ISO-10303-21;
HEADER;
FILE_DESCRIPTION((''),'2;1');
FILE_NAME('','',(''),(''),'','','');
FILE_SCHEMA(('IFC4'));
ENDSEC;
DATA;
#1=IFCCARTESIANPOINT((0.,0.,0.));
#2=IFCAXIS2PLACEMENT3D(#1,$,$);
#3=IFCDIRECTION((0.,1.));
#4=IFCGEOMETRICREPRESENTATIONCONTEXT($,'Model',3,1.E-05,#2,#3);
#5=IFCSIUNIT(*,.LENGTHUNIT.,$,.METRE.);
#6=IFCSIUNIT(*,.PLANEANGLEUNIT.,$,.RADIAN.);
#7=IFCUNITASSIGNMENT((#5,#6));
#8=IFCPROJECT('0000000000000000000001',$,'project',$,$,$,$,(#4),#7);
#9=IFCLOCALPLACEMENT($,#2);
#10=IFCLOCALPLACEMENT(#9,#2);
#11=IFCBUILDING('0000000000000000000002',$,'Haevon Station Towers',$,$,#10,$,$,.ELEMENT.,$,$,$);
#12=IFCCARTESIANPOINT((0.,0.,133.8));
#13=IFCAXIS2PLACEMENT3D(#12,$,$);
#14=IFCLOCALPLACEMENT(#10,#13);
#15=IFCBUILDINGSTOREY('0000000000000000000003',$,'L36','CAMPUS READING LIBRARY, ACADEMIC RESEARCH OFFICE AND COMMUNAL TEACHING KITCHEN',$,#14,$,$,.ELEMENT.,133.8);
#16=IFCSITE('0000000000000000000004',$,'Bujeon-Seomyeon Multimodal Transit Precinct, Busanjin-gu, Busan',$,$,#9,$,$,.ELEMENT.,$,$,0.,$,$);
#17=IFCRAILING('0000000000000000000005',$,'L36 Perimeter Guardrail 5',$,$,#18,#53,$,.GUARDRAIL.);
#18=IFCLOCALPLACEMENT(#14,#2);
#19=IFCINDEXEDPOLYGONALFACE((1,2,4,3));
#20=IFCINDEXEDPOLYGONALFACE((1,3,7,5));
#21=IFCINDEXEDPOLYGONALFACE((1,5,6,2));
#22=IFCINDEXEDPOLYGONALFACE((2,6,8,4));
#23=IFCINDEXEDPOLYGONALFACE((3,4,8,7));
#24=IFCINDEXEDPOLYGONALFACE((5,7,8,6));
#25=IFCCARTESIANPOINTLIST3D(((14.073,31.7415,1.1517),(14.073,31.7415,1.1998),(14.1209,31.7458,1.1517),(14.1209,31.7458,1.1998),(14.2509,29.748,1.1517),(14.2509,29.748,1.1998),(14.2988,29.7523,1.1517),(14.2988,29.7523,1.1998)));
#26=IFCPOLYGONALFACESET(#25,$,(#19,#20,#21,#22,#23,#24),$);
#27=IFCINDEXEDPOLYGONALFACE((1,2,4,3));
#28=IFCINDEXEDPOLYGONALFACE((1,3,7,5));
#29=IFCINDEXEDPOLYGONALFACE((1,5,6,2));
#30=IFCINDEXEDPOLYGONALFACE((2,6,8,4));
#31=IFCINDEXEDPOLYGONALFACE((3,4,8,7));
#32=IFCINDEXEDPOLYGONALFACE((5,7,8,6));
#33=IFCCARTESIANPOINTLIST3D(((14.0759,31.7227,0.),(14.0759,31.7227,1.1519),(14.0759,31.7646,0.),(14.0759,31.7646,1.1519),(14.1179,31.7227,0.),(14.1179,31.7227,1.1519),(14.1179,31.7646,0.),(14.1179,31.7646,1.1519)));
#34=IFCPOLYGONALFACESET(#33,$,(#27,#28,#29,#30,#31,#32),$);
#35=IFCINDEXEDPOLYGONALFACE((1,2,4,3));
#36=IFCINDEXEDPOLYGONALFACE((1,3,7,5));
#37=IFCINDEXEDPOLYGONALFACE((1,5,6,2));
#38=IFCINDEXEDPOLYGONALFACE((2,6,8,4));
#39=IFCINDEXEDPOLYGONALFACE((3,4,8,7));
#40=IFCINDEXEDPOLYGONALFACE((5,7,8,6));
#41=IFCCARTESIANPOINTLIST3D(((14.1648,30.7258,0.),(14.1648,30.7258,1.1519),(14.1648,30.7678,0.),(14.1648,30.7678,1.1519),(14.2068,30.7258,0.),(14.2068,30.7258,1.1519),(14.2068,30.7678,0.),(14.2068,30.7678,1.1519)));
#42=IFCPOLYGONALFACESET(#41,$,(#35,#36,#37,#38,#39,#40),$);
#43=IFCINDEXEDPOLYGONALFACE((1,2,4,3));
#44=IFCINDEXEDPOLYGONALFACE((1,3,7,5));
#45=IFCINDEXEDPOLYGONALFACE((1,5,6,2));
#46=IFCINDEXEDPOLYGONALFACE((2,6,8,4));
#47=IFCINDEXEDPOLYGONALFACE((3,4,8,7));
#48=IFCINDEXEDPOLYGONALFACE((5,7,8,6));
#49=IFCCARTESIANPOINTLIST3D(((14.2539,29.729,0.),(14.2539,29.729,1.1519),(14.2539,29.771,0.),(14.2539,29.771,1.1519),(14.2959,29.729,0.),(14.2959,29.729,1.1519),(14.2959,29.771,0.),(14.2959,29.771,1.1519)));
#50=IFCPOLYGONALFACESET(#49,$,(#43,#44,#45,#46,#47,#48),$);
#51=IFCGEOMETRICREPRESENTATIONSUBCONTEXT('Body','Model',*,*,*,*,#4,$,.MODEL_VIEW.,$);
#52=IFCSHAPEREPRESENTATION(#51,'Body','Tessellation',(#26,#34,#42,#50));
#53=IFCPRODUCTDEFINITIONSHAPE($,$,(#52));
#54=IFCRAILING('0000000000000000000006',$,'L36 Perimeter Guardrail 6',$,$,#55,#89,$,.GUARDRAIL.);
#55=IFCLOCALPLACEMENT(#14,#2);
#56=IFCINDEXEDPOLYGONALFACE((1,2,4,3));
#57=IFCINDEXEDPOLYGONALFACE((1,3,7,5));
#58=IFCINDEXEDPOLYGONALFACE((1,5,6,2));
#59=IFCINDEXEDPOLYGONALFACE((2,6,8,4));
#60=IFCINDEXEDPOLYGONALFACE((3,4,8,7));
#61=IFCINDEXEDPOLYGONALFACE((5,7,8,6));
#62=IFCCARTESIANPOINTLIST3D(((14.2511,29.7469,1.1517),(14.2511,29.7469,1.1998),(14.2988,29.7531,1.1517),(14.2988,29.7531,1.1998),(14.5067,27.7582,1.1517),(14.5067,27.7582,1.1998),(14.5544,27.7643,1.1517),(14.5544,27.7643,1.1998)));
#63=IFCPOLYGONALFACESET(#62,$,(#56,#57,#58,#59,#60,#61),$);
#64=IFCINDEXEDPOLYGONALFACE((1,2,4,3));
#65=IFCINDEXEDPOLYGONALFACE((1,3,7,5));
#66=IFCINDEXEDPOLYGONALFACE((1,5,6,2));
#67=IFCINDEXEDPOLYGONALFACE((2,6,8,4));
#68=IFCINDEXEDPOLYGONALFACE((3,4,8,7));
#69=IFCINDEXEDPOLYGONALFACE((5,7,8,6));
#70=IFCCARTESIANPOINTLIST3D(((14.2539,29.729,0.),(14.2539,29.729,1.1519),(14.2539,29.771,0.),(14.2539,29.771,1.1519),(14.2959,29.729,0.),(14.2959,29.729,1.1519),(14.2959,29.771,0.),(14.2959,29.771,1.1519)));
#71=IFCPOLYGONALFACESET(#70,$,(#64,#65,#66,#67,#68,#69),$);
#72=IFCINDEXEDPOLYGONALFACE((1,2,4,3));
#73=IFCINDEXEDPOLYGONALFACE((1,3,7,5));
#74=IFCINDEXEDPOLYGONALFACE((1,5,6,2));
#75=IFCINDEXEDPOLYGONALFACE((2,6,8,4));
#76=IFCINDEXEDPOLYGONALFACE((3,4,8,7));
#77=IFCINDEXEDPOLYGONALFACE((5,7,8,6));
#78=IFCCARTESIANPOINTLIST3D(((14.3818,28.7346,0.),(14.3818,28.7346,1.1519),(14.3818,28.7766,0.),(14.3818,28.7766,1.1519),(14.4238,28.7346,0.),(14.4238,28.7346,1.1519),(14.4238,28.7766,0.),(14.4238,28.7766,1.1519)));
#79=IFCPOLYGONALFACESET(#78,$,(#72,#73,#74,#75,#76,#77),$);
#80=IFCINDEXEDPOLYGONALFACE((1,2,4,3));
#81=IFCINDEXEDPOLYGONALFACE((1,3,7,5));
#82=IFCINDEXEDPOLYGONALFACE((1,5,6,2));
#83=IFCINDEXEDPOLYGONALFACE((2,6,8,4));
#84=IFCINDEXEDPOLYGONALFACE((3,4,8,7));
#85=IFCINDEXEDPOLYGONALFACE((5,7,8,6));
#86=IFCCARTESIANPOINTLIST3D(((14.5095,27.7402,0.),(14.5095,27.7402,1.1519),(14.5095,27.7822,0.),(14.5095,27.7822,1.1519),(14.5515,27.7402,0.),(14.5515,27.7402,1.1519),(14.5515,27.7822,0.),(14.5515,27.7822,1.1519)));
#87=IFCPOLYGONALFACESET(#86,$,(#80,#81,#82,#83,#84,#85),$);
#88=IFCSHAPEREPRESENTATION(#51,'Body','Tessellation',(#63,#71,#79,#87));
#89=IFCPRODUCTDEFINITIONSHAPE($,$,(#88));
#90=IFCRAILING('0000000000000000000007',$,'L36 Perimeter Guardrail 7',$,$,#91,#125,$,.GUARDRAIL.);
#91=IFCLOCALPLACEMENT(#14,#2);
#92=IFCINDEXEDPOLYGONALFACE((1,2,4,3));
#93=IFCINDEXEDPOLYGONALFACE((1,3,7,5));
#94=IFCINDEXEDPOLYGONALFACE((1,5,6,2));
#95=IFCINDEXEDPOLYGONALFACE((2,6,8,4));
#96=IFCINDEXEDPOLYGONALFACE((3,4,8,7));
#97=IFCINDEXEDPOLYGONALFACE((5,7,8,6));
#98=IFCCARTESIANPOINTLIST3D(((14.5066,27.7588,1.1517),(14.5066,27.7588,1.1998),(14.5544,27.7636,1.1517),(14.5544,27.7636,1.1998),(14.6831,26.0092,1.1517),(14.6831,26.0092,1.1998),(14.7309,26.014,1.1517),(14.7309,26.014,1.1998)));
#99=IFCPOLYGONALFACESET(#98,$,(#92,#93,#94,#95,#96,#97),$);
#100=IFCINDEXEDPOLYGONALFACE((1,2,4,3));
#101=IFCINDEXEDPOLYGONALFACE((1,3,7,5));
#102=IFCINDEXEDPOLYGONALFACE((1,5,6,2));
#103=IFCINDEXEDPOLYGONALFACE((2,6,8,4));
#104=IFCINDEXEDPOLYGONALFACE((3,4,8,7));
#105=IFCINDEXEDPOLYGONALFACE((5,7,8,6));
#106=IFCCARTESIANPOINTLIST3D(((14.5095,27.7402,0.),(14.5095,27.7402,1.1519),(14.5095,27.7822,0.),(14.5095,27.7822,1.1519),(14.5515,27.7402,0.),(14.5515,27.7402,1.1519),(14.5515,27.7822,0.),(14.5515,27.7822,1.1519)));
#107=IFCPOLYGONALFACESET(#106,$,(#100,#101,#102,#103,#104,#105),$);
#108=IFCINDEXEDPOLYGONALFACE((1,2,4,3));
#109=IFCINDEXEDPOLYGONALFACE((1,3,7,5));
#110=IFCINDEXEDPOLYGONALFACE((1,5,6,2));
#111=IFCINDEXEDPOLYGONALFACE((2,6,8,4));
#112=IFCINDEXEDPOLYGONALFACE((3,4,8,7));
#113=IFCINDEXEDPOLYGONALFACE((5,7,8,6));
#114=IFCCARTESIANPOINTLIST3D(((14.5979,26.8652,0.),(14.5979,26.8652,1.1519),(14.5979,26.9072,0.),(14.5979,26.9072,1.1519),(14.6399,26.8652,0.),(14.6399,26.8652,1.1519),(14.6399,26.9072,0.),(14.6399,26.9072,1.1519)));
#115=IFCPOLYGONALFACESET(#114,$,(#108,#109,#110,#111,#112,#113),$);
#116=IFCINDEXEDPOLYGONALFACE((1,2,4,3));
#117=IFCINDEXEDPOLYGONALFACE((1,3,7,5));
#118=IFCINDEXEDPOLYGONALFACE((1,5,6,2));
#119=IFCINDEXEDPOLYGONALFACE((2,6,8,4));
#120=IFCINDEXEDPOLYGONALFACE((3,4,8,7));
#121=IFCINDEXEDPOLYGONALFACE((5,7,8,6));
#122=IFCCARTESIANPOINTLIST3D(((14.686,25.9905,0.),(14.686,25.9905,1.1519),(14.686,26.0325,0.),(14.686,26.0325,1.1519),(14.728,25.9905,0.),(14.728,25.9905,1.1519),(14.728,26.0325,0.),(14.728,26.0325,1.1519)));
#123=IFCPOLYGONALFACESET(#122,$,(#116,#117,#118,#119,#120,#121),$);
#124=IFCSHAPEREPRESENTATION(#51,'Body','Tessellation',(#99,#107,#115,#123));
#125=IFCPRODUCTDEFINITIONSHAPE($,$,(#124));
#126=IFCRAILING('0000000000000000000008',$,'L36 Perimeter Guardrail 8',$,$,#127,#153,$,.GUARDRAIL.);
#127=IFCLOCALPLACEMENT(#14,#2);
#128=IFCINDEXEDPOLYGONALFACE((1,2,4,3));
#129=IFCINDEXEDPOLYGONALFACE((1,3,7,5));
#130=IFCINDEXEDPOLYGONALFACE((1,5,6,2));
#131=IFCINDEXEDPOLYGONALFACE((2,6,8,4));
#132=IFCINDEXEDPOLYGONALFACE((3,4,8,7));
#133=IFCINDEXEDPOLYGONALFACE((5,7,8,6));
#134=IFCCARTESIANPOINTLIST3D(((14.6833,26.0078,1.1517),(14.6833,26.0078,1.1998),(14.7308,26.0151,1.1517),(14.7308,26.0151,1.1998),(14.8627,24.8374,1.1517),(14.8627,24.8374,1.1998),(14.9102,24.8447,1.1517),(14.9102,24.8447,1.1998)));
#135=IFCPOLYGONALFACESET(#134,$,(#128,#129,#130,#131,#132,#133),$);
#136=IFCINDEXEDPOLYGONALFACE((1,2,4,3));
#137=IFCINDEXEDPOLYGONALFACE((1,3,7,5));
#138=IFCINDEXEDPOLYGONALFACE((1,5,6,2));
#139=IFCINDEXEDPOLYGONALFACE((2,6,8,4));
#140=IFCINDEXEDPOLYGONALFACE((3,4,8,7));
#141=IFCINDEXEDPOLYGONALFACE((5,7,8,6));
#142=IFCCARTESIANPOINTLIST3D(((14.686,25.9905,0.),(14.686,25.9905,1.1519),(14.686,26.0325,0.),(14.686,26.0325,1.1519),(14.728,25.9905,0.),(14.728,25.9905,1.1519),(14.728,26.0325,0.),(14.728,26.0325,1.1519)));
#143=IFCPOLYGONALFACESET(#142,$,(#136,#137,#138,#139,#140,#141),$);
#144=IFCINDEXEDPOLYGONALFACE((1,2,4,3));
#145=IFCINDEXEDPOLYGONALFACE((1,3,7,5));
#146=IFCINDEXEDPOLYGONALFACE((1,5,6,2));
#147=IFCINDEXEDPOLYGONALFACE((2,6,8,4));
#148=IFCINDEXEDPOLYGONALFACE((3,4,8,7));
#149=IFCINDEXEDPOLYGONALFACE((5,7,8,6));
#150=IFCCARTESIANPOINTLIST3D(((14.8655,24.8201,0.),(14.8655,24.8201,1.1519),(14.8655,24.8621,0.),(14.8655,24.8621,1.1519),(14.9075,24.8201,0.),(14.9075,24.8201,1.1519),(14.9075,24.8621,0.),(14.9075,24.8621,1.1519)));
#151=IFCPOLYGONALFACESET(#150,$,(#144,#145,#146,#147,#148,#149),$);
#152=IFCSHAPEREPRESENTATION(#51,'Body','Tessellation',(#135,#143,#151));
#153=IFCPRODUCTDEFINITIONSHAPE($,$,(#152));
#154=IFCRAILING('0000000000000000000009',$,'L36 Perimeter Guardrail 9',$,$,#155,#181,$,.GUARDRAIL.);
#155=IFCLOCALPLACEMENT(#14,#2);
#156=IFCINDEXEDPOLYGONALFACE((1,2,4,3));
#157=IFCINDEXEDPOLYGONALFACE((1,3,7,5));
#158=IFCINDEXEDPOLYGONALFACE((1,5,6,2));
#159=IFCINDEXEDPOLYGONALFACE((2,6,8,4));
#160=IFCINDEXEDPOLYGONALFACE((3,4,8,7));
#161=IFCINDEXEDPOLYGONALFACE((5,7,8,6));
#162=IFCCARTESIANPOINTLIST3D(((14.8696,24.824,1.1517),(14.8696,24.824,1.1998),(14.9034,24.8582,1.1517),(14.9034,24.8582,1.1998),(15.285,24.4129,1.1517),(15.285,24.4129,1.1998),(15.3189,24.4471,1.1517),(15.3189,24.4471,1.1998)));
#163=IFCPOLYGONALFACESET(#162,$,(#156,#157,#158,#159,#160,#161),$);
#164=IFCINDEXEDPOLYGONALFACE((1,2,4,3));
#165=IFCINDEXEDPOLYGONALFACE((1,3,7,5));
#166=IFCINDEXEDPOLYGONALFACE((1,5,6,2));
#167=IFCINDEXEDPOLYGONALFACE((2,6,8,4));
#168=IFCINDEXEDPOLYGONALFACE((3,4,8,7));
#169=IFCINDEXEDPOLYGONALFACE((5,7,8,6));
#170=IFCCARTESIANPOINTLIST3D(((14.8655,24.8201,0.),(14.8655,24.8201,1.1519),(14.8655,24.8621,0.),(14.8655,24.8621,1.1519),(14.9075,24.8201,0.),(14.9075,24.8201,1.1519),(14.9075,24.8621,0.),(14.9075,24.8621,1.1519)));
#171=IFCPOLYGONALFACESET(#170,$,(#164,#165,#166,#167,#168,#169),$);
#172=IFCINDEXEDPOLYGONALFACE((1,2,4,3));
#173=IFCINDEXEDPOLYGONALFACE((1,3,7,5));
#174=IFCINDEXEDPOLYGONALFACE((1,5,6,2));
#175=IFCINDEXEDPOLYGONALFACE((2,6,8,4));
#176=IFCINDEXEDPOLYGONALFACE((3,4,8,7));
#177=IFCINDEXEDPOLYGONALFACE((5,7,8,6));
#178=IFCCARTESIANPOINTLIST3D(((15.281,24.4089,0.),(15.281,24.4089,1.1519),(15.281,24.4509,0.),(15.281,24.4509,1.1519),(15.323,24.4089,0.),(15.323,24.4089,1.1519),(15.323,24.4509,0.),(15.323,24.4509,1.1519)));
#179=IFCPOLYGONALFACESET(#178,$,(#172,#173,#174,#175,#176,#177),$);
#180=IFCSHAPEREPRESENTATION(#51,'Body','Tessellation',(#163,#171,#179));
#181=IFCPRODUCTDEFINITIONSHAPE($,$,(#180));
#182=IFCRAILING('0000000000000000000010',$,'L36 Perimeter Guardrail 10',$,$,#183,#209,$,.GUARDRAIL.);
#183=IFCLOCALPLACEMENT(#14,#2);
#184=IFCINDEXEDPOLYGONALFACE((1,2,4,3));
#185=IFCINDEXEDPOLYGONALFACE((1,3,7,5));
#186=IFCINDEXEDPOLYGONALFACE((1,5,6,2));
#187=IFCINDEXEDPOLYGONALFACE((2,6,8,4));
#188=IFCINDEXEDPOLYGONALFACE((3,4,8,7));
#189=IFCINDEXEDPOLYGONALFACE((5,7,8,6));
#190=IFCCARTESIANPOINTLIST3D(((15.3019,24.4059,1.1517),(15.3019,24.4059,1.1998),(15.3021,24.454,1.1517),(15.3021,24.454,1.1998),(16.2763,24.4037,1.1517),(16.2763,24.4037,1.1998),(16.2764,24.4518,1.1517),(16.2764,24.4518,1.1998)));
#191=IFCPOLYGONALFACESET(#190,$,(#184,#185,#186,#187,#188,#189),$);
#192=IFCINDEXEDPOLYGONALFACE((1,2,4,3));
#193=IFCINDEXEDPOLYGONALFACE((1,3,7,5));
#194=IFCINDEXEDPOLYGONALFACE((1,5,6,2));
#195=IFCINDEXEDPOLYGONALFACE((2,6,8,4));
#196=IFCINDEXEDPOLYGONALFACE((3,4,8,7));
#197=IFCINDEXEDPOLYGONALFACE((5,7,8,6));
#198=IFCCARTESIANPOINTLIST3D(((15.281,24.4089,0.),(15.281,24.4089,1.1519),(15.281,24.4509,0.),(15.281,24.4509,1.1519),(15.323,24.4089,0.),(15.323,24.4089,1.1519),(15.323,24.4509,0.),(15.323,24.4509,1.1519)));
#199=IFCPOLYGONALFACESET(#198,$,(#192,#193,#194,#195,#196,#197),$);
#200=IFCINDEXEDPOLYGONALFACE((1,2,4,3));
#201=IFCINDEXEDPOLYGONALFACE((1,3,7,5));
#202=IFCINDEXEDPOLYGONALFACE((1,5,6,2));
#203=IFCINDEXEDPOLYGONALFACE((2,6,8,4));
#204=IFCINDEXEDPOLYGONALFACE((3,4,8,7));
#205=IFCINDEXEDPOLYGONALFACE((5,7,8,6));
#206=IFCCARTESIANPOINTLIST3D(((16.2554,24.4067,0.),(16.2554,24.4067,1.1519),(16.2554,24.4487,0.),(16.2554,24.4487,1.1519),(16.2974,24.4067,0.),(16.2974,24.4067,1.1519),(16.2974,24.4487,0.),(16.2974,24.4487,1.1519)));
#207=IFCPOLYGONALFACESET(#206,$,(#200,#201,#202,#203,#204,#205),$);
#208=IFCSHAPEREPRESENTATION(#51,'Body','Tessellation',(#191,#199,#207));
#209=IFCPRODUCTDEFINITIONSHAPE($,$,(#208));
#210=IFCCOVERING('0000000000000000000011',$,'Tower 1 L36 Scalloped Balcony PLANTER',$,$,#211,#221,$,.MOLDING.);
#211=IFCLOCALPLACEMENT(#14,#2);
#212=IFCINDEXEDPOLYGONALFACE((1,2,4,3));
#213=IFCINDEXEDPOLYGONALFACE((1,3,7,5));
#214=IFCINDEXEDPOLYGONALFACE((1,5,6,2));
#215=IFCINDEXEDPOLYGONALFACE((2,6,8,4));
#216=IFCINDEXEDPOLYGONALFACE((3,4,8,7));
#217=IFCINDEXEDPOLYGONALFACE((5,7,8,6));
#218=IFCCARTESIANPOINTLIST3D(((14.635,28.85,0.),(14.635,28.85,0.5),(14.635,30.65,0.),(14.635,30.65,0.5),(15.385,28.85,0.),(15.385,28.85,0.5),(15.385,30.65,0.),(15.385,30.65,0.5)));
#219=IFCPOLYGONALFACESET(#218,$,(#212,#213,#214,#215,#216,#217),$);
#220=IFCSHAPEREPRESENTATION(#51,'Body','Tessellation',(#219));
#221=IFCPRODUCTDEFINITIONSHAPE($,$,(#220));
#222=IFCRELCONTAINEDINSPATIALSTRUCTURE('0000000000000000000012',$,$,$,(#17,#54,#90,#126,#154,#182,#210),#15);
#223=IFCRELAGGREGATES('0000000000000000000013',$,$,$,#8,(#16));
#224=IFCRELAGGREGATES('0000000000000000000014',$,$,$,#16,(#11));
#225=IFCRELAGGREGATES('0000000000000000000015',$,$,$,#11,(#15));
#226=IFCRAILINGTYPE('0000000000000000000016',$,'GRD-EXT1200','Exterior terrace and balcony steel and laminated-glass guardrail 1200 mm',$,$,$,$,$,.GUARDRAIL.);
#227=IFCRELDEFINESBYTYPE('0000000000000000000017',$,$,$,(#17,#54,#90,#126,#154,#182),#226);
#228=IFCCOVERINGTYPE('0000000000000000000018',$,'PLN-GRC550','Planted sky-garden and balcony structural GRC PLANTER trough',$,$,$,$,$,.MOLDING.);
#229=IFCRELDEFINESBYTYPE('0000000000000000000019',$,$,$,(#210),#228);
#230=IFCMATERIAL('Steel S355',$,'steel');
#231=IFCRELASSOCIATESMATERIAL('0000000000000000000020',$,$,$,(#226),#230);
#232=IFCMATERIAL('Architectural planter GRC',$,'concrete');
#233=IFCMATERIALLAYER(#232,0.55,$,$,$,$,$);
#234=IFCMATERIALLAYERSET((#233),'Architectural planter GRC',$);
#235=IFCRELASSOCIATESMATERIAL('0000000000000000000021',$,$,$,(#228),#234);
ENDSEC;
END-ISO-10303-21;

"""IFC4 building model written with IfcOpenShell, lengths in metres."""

from ifc_helpers import new_model, si_unit, direction, frame, origin, origin_2d, place, context, subcontext, project, spatial, rectangle, extrude, material, layer, layer_set, type_object, element, save


model = new_model("IFC4")

# Units and contexts
model_context = context("Model", 3, precision=1e-05, world=origin(), true_north=direction((0.0, 1.0)))
body_context = subcontext(model_context, "Body", "Model", "MODEL_VIEW")
ifc_project = project(units=[si_unit("LENGTHUNIT", "METRE"), si_unit("PLANEANGLEUNIT", "RADIAN")], contexts=[model_context])

# Site, building, storey
site_placement = place(None, origin())
site = spatial("IfcSite", under=ifc_project, at=site_placement, Name="Bujeon-Seomyeon Multimodal Transit Precinct, Busanjin-gu, Busan", CompositionType="ELEMENT", RefElevation=0.0)
building_placement = place(site_placement, origin())
building = spatial("IfcBuilding", under=site, at=building_placement, Name="Haevon Station Towers", CompositionType="ELEMENT")
storey_placement = place(building_placement, frame((0.0, 0.0, 133.8)))
storey = spatial("IfcBuildingStorey", under=building, at=storey_placement, Name="L36", Description="CAMPUS READING LIBRARY, ACADEMIC RESEARCH OFFICE AND COMMUNAL TEACHING KITCHEN", CompositionType="ELEMENT", Elevation=133.8)

# Shared definitions
ifc_material_1 = material(Name="Steel S355", Category="steel")

# Railings
railing_type = type_object("IfcRailingType", Name="GRD-EXT1200", Description="Exterior terrace and balcony steel and laminated-glass guardrail 1200 mm", PredefinedType="GUARDRAIL", material=ifc_material_1)
railing_1_placement = place(storey_placement, frame((14.0969, 31.7437, 0.0)))
element("IfcRailing", 1, at=railing_1_placement, inside=storey, type_object=railing_type, Name="L36 Perimeter Guardrail 5", PredefinedType="GUARDRAIL", context=body_context, shape_type="SweptSolid", body=[
    extrude(rectangle(XDim=0.0481, YDim=0.0481, at=origin_2d()), frame((0.0, 0.0, 1.1758), z_axis=(0.088919, -0.996039, 0.0), x_axis=(0.996039, 0.088919, 0.0)), (0.0, 0.0, 1.0), 2.0015),
    extrude(rectangle(XDim=0.042, YDim=0.042, at=origin_2d()), origin(), (0.0, 0.0, 1.0), 1.1519),
    extrude(rectangle(XDim=0.042, YDim=0.042, at=origin_2d()), frame((0.0889, -0.9968, 0.0)), (0.0, 0.0, 1.0), 1.1519),
    extrude(rectangle(XDim=0.042, YDim=0.042, at=origin_2d()), frame((0.178, -1.9937, 0.0)), (0.0, 0.0, 1.0), 1.1519),
])
railing_2_placement = place(storey_placement, frame((14.2749, 29.75, 0.0)))
element("IfcRailing", 2, at=railing_2_placement, inside=storey, type_object=railing_type, Name="L36 Perimeter Guardrail 6", PredefinedType="GUARDRAIL", context=body_context, shape_type="SweptSolid", body=[
    extrude(rectangle(XDim=0.0481, YDim=0.0481, at=origin_2d()), frame((0.0, 0.0, 1.1758), z_axis=(0.127481, -0.991841, 0.0), x_axis=(0.991841, 0.127481, 0.0)), (0.0, 0.0, 1.0), 2.0051),
    extrude(rectangle(XDim=0.042, YDim=0.042, at=origin_2d()), origin(), (0.0, 0.0, 1.0), 1.1519),
    extrude(rectangle(XDim=0.042, YDim=0.042, at=origin_2d()), frame((0.1279, -0.9944, 0.0)), (0.0, 0.0, 1.0), 1.1519),
    extrude(rectangle(XDim=0.042, YDim=0.042, at=origin_2d()), frame((0.2556, -1.9888, 0.0)), (0.0, 0.0, 1.0), 1.1519),
])
railing_3_placement = place(storey_placement, frame((14.5305, 27.7612, 0.0)))
element("IfcRailing", 3, at=railing_3_placement, inside=storey, type_object=railing_type, Name="L36 Perimeter Guardrail 7", PredefinedType="GUARDRAIL", context=body_context, shape_type="SweptSolid", body=[
    extrude(rectangle(XDim=0.0481, YDim=0.0481, at=origin_2d()), frame((0.0, 0.0, 1.1758), z_axis=(0.10037, -0.99495, 0.0), x_axis=(0.99495, 0.10037, 0.0)), (0.0, 0.0, 1.0), 1.7585),
    extrude(rectangle(XDim=0.042, YDim=0.042, at=origin_2d()), origin(), (0.0, 0.0, 1.0), 1.1519),
    extrude(rectangle(XDim=0.042, YDim=0.042, at=origin_2d()), frame((0.0884, -0.875, 0.0)), (0.0, 0.0, 1.0), 1.1519),
    extrude(rectangle(XDim=0.042, YDim=0.042, at=origin_2d()), frame((0.1765, -1.7498, 0.0)), (0.0, 0.0, 1.0), 1.1519),
])
railing_4_placement = place(storey_placement, frame((14.707, 26.0115, 0.0)))
element("IfcRailing", 4, at=railing_4_placement, inside=storey, type_object=railing_type, Name="L36 Perimeter Guardrail 8", PredefinedType="GUARDRAIL", context=body_context, shape_type="SweptSolid", body=[
    extrude(rectangle(XDim=0.0481, YDim=0.0481, at=origin_2d()), frame((0.0, 0.0, 1.1758), z_axis=(0.151546, -0.98845, 0.0), x_axis=(0.98845, 0.151546, 0.0)), (0.0, 0.0, 1.0), 1.1841),
    extrude(rectangle(XDim=0.042, YDim=0.042, at=origin_2d()), origin(), (0.0, 0.0, 1.0), 1.1519),
    extrude(rectangle(XDim=0.042, YDim=0.042, at=origin_2d()), frame((0.1794, -1.1704, 0.0)), (0.0, 0.0, 1.0), 1.1519),
])
railing_5_placement = place(storey_placement, frame((14.8865, 24.8411, 0.0)))
element("IfcRailing", 5, at=railing_5_placement, inside=storey, type_object=railing_type, Name="L36 Perimeter Guardrail 9", PredefinedType="GUARDRAIL", context=body_context, shape_type="SweptSolid", body=[
    extrude(rectangle(XDim=0.0481, YDim=0.0481, at=origin_2d()), frame((0.0, 0.0, 1.1758), z_axis=(0.710856, -0.703338, 0.0), x_axis=(0.703338, 0.710856, 0.0)), (0.0, 0.0, 1.0), 0.5845),
    extrude(rectangle(XDim=0.042, YDim=0.042, at=origin_2d()), origin(), (0.0, 0.0, 1.0), 1.1519),
    extrude(rectangle(XDim=0.042, YDim=0.042, at=origin_2d()), frame((0.4155, -0.4111, 0.0)), (0.0, 0.0, 1.0), 1.1519),
])
railing_6_placement = place(storey_placement, frame((15.302, 24.4299, 0.0)))
element("IfcRailing", 6, at=railing_6_placement, inside=storey, type_object=railing_type, Name="L36 Perimeter Guardrail 10", PredefinedType="GUARDRAIL", context=body_context, shape_type="SweptSolid", body=[
    extrude(rectangle(XDim=0.0481, YDim=0.0481, at=origin_2d()), frame((0.0, 0.0, 1.1758), z_axis=(0.999997, -0.002255, 0.0), x_axis=(0.002255, 0.999997, 0.0)), (0.0, 0.0, 1.0), 0.9744),
    extrude(rectangle(XDim=0.042, YDim=0.042, at=origin_2d()), origin(), (0.0, 0.0, 1.0), 1.1519),
    extrude(rectangle(XDim=0.042, YDim=0.042, at=origin_2d()), frame((0.9744, -0.0022, 0.0)), (0.0, 0.0, 1.0), 1.1519),
])

# Covering
ifc_material_2 = material(Name="Architectural planter GRC", Category="concrete")
ifc_layer_1 = layer(ifc_material_2, 0.55)
ifc_layer_set_1 = layer_set([ifc_layer_1], Name="Architectural planter GRC")
covering_type = type_object("IfcCoveringType", Name="PLN-GRC550", Description="Planted sky-garden and balcony structural GRC PLANTER trough", PredefinedType="MOLDING", material=ifc_layer_set_1)
covering_placement = place(storey_placement, frame((15.01, 29.75, 0.0), z_axis=(0.0, 0.0, 1.0), x_axis=(1.0, 0.0, 0.0)))
element("IfcCovering", 7, at=covering_placement, inside=storey, type_object=covering_type, Name="Tower 1 L36 Scalloped Balcony PLANTER", PredefinedType="MOLDING", context=body_context, shape_type="SweptSolid", body=[
    extrude(rectangle(XDim=0.75, YDim=1.8, at=origin_2d()), origin(), (0.0, 0.0, 1.0), 0.5),
])

save(model, "model.ifc")
